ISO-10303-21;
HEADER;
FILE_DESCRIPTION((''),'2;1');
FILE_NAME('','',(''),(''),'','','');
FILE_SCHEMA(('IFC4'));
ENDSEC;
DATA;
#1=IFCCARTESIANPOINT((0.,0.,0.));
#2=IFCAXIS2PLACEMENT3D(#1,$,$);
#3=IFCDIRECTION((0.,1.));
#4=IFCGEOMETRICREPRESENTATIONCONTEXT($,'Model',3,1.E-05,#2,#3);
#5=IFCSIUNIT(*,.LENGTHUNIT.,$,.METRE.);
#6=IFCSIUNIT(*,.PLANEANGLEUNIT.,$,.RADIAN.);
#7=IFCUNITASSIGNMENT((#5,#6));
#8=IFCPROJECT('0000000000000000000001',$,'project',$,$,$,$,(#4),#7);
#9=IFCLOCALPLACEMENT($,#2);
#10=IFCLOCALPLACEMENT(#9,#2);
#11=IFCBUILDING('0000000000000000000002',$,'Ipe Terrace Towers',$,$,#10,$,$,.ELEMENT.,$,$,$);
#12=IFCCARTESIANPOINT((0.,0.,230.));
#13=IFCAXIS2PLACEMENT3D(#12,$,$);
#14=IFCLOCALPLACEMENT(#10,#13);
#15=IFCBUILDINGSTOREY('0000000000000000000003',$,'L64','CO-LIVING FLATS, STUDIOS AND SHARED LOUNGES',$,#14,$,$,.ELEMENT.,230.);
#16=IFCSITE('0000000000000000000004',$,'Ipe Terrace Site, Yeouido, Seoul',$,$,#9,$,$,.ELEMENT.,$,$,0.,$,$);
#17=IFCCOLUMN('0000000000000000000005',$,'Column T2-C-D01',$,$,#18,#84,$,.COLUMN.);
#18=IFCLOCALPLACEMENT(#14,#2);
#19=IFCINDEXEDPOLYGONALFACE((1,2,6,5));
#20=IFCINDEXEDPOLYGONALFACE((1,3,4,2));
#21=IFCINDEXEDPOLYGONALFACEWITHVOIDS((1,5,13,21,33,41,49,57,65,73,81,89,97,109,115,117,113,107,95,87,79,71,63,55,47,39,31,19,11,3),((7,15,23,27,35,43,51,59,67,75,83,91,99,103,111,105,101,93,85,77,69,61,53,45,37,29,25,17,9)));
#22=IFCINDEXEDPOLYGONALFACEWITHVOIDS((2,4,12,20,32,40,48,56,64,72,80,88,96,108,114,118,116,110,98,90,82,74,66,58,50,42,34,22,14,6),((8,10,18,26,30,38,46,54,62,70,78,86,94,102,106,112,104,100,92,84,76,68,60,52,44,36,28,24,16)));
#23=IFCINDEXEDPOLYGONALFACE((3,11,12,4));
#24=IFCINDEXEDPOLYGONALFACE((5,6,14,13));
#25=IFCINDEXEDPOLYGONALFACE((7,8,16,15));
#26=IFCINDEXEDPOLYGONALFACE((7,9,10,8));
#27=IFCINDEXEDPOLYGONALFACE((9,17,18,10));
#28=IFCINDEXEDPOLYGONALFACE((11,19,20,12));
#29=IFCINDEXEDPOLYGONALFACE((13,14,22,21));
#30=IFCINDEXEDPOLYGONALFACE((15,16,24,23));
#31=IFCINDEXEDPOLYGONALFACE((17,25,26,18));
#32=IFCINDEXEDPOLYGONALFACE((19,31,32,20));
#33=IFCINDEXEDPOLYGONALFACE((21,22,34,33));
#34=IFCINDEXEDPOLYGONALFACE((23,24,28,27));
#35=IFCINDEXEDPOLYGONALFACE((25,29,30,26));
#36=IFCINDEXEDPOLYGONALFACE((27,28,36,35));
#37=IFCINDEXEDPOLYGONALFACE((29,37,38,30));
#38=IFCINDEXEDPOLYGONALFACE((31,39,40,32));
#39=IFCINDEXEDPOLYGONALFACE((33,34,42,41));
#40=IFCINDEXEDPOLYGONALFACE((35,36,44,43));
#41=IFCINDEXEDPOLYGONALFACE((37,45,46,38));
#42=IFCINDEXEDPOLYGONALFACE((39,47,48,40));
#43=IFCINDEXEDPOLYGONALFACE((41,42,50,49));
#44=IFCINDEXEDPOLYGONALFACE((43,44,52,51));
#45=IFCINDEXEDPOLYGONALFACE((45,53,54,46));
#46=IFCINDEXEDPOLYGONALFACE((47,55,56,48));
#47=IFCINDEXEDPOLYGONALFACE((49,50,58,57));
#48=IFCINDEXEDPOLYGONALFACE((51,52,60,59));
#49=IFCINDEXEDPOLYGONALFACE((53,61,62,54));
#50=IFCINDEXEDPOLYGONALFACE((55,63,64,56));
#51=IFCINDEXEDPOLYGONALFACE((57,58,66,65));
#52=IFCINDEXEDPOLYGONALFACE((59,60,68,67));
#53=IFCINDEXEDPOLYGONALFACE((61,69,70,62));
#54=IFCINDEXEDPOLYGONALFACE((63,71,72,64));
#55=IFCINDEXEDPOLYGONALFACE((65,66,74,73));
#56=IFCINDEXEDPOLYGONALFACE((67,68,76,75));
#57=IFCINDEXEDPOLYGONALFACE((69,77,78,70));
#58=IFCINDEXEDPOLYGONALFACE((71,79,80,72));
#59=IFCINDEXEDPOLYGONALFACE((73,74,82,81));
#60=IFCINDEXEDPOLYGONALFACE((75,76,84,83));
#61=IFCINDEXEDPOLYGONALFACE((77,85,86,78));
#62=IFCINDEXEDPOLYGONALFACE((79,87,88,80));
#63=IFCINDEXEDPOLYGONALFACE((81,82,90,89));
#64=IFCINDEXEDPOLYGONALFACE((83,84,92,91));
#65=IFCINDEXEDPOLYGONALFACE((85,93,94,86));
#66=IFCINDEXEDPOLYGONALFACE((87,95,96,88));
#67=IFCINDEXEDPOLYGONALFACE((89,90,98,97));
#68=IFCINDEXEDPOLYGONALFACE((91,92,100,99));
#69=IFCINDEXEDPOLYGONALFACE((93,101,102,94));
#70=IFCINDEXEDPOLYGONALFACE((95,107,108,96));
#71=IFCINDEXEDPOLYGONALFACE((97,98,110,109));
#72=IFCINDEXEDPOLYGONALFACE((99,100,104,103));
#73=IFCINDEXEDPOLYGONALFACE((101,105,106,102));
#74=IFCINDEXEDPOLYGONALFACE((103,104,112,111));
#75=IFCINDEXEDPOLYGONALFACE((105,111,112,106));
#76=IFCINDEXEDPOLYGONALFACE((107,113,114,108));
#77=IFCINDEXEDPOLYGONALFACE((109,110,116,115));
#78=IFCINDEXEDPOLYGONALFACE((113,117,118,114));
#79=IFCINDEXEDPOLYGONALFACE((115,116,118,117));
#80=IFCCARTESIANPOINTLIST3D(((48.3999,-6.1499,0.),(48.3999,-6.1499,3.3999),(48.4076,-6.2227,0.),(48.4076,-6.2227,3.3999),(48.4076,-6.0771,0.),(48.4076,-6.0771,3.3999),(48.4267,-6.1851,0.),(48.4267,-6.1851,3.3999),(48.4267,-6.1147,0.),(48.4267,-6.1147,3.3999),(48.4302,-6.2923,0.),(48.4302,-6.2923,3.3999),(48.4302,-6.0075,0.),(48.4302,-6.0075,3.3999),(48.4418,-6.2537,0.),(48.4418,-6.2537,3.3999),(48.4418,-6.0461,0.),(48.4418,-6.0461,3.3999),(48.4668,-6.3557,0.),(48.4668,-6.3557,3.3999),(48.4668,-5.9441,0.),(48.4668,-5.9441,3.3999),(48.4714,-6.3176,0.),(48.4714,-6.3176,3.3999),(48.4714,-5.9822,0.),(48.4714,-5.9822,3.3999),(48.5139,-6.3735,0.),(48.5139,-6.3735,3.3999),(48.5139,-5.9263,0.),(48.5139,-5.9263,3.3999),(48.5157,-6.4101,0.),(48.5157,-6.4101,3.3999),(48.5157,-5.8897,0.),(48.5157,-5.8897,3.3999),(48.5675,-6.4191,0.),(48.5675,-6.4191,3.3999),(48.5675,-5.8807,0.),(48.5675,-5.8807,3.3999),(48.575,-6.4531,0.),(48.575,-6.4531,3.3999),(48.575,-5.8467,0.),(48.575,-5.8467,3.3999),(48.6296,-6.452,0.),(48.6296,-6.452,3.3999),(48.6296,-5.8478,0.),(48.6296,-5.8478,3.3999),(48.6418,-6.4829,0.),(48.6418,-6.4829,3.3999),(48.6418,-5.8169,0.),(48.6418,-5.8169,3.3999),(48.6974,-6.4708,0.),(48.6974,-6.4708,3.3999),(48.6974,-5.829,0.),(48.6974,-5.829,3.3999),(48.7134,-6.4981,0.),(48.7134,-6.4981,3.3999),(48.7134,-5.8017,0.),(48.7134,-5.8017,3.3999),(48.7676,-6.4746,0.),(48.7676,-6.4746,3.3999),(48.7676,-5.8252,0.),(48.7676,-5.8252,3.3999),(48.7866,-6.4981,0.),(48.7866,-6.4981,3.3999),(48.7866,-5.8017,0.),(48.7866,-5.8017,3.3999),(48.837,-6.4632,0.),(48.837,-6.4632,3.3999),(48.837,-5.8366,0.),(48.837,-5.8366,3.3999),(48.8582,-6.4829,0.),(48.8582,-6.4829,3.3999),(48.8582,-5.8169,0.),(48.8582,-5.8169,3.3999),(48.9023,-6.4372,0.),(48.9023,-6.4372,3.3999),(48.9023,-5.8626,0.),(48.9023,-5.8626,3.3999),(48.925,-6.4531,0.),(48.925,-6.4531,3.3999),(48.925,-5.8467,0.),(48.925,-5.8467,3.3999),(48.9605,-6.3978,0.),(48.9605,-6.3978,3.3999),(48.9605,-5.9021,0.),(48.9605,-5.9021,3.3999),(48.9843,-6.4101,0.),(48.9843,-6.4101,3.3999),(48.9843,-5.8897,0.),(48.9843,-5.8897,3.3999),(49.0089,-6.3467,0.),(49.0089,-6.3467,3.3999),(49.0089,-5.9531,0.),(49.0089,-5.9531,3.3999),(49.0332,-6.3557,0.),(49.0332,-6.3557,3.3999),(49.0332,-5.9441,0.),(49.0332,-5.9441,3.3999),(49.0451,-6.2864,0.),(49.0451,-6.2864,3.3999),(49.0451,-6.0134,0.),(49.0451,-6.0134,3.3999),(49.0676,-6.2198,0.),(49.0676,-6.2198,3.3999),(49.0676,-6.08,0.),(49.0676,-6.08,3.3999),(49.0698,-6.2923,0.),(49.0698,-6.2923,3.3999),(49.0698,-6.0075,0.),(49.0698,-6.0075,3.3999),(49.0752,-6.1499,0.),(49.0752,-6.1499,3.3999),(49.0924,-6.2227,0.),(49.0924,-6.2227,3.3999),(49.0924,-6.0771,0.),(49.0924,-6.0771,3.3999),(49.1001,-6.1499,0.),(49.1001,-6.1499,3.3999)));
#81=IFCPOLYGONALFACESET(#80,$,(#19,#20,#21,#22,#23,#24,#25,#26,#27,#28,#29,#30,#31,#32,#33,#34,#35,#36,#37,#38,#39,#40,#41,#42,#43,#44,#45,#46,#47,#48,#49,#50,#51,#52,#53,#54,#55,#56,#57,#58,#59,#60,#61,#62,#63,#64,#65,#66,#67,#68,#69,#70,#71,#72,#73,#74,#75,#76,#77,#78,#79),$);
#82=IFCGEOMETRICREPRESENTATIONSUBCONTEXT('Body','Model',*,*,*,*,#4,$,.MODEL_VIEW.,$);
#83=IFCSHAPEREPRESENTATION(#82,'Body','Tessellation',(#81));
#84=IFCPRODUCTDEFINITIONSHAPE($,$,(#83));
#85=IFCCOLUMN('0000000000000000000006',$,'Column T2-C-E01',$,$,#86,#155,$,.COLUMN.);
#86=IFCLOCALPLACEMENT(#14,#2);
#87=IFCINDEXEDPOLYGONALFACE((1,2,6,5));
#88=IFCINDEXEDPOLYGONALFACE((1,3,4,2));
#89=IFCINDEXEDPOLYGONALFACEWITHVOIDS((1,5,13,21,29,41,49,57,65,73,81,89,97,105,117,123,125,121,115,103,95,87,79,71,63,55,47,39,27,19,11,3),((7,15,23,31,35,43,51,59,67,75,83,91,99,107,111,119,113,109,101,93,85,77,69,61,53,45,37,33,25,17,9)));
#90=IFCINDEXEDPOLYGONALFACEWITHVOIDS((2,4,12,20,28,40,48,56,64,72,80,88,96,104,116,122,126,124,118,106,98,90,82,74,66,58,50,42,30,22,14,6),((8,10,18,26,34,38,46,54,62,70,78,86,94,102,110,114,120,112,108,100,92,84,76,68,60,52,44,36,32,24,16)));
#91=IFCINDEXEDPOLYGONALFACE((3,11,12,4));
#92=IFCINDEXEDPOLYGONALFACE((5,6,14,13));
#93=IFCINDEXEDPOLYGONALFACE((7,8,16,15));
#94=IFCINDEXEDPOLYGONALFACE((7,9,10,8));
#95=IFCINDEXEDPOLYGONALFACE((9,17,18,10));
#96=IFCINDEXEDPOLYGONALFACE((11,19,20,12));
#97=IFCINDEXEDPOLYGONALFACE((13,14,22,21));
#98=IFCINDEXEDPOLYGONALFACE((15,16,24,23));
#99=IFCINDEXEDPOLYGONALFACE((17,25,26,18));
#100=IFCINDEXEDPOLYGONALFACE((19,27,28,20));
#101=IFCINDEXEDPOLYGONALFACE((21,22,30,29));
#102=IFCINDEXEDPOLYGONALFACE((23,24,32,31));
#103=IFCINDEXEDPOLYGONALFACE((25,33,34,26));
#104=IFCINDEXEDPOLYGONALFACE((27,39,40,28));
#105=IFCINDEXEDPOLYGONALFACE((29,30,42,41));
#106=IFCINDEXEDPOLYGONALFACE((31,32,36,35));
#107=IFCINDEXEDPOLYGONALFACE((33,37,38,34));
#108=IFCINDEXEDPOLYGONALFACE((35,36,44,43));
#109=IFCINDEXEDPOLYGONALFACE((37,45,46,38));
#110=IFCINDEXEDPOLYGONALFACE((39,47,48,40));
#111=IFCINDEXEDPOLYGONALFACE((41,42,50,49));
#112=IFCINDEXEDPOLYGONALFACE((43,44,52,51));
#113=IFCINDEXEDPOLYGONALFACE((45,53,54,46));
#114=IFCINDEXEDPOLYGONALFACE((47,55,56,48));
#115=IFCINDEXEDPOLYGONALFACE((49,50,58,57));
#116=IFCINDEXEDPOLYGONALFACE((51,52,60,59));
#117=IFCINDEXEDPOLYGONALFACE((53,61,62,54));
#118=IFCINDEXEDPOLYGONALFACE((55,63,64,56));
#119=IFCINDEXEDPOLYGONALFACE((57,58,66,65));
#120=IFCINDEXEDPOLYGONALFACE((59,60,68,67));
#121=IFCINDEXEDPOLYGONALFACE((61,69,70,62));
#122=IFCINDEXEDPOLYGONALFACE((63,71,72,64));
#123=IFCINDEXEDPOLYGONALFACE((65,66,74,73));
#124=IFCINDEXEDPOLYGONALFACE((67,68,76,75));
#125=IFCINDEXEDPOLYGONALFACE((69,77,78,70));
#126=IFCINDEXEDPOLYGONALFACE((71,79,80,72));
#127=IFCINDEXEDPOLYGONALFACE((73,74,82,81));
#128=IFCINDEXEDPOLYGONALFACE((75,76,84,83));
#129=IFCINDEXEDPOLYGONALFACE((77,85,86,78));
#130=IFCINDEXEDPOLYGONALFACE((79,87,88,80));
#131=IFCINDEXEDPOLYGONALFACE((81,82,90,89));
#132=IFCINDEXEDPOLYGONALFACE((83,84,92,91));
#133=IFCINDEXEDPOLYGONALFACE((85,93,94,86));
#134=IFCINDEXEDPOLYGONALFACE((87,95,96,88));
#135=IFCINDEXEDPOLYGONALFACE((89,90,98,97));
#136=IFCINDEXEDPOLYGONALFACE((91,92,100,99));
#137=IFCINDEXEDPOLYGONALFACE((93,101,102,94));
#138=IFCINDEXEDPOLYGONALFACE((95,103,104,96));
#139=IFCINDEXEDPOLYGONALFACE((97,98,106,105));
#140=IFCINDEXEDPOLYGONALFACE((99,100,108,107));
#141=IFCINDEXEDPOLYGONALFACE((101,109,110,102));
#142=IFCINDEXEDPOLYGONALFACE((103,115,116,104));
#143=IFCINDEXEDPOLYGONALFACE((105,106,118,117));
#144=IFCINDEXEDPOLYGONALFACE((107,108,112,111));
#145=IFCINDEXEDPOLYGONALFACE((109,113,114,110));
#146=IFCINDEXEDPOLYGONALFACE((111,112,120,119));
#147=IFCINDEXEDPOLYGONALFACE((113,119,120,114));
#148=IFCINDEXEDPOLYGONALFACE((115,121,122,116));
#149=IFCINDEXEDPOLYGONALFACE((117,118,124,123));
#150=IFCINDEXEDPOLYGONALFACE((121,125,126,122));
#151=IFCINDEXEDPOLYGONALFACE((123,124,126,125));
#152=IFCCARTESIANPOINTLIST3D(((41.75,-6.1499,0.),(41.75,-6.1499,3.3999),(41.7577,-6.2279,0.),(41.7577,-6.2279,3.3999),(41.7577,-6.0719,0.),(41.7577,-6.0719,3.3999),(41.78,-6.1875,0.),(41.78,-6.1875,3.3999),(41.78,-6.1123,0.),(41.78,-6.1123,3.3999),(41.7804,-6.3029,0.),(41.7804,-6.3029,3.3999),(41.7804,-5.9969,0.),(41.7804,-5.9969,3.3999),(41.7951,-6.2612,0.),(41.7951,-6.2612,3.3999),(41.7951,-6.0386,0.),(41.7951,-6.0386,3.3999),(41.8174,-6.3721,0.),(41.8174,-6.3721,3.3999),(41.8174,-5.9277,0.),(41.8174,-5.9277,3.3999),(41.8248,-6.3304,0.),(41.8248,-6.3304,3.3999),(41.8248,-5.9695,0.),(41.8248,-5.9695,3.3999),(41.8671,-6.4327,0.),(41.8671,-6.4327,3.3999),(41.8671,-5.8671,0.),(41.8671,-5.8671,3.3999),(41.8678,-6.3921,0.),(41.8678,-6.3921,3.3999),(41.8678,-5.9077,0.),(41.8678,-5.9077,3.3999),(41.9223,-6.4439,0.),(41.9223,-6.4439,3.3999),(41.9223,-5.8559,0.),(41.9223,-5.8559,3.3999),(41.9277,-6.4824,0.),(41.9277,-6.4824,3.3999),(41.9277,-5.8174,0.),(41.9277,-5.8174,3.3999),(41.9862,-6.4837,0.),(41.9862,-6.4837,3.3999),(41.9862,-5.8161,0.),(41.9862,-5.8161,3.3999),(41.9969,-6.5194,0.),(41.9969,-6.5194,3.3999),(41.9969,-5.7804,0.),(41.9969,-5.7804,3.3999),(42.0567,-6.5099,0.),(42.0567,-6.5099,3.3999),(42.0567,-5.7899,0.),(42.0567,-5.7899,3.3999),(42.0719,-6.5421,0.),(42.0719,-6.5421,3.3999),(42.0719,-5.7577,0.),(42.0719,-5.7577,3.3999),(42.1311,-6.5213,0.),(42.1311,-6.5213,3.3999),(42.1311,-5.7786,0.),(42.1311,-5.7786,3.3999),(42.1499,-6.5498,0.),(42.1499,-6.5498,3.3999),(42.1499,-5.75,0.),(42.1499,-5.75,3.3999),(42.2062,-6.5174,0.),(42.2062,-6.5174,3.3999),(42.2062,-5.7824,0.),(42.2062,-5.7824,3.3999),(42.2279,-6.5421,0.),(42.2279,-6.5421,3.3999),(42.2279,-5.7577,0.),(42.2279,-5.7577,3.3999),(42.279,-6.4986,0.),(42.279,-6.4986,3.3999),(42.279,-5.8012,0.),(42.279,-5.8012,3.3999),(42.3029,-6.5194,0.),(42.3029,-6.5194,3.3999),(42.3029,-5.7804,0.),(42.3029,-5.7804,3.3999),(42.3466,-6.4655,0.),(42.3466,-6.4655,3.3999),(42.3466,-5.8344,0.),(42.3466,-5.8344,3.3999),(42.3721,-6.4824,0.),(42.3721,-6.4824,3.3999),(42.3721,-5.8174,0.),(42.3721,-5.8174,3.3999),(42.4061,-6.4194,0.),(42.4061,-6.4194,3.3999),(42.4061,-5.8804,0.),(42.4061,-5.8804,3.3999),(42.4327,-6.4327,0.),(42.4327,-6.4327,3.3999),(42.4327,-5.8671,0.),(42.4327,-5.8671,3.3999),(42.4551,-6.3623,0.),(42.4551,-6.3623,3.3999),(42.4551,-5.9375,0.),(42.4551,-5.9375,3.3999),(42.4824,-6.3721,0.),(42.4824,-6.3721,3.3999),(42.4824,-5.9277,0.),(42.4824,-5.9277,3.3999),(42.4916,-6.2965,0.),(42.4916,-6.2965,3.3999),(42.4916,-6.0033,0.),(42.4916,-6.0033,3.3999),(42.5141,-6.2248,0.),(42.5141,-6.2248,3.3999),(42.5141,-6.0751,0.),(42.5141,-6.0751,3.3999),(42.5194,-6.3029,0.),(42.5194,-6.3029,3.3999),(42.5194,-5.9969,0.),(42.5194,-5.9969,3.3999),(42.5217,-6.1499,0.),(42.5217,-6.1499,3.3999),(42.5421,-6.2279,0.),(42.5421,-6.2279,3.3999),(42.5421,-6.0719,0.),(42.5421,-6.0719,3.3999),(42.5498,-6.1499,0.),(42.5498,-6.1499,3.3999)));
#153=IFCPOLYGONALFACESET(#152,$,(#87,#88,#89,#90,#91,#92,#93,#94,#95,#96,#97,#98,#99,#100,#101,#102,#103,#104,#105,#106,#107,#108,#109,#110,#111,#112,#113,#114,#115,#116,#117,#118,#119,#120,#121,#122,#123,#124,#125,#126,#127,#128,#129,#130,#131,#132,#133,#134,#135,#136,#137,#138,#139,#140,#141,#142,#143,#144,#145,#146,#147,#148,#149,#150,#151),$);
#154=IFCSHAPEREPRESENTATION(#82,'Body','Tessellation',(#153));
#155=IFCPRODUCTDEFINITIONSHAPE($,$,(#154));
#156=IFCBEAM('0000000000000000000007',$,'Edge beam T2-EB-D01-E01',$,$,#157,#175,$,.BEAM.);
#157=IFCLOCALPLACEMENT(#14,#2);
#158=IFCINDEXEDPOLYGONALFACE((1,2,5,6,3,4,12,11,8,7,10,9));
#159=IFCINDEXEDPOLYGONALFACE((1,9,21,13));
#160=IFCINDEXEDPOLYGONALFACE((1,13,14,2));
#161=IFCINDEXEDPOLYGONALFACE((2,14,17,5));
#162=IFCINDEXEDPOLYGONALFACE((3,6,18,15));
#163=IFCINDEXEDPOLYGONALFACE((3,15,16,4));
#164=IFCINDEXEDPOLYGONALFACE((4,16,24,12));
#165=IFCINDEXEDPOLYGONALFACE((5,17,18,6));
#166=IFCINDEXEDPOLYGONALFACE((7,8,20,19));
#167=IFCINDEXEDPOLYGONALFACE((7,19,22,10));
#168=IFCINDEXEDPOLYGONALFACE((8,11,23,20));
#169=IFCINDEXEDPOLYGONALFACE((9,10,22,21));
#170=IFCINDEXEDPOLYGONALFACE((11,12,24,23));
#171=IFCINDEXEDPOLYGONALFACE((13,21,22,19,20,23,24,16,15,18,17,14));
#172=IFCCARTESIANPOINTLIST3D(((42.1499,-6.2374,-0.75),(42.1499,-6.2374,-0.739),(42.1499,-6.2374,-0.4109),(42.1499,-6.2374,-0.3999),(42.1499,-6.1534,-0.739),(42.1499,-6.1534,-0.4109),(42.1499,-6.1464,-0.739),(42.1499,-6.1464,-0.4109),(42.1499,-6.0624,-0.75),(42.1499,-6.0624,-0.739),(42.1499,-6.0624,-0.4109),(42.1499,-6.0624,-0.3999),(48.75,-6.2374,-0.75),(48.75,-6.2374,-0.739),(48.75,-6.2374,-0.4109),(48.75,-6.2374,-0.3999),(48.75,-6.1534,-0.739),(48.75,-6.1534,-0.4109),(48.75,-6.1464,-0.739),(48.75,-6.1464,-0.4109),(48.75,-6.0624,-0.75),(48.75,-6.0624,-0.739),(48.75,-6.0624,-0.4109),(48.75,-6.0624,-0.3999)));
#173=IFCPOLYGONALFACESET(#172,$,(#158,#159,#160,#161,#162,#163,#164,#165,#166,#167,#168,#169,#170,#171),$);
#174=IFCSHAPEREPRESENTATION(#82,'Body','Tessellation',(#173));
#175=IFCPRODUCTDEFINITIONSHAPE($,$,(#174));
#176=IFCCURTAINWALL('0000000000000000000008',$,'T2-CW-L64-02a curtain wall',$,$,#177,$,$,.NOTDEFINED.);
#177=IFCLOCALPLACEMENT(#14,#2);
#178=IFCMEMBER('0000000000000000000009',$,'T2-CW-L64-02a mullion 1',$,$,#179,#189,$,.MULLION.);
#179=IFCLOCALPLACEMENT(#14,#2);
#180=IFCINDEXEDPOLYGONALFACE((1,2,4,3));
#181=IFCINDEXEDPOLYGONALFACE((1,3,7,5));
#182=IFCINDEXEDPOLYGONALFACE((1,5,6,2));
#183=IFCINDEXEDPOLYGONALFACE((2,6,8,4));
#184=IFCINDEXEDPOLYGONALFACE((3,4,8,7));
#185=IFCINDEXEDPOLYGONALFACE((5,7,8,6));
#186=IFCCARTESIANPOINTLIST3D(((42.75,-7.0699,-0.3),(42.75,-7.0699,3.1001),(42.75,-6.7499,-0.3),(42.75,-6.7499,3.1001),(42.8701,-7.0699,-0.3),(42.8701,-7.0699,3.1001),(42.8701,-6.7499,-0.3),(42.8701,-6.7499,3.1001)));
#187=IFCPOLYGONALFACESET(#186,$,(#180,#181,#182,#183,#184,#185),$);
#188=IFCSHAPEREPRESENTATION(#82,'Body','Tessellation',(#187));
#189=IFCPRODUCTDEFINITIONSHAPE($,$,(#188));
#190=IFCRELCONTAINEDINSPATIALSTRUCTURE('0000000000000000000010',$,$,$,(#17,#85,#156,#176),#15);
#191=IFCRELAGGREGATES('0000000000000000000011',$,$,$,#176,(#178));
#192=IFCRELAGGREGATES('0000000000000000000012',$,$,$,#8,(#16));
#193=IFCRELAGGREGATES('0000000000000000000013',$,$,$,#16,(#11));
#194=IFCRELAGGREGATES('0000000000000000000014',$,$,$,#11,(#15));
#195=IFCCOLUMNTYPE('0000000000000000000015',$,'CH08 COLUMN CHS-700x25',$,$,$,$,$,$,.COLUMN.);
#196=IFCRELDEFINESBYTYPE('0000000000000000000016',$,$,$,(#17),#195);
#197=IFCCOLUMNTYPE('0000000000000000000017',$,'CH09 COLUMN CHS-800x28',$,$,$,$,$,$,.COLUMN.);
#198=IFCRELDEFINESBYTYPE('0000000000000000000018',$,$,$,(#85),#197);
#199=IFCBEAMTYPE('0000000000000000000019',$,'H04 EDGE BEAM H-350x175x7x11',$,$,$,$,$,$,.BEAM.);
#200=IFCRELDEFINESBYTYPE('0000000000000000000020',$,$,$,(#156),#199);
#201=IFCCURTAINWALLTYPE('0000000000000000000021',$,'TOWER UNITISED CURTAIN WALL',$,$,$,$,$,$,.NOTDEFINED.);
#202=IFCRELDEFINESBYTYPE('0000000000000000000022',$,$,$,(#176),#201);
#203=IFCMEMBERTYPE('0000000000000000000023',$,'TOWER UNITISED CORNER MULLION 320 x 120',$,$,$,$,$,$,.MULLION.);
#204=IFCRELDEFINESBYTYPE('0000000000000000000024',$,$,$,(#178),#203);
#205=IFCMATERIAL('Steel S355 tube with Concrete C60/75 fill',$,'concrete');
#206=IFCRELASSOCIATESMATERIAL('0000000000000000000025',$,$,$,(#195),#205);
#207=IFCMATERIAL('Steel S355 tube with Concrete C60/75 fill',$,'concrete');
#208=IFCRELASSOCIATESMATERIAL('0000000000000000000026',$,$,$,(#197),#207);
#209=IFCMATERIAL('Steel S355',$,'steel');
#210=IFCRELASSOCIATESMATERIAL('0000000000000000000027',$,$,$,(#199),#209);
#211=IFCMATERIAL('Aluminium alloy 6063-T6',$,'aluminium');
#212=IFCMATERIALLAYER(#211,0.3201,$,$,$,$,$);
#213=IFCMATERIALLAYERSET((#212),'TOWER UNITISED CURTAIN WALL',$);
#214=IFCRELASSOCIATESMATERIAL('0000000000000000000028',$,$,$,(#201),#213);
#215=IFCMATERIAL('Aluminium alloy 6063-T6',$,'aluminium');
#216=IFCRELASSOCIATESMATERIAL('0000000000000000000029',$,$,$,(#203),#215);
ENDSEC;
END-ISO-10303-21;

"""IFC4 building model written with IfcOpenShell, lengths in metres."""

from ifc_helpers import new_model, si_unit, direction, frame, origin, origin_2d, place, context, subcontext, project, spatial, rectangle, hollow_circle, i_section, extrude, material, layer, layer_set, material_profile, profile_set, type_object, element, aggregate, save


model = new_model("IFC4")

# Units and contexts
model_context = context("Model", 3, precision=1e-05, world=origin(), true_north=direction((0.0, 1.0)))
body_context = subcontext(model_context, "Body", "Model", "MODEL_VIEW")
ifc_project = project(units=[si_unit("LENGTHUNIT", "METRE"), si_unit("PLANEANGLEUNIT", "RADIAN")], contexts=[model_context])

# Site, building, storey
site_placement = place(None, origin())
site = spatial("IfcSite", under=ifc_project, at=site_placement, Name="Ipe Terrace Site, Yeouido, Seoul", CompositionType="ELEMENT", RefElevation=0.0)
building_placement = place(site_placement, origin())
building = spatial("IfcBuilding", under=site, at=building_placement, Name="Ipe Terrace Towers", CompositionType="ELEMENT")
storey_placement = place(building_placement, frame((0.0, 0.0, 230.0)))
storey = spatial("IfcBuildingStorey", under=building, at=storey_placement, Name="L64", Description="CO-LIVING FLATS, STUDIOS AND SHARED LOUNGES", CompositionType="ELEMENT", Elevation=230.0)

# Columns
ifc_material_1 = material(Name="Steel S355 tube with Concrete C60/75 fill", Category="concrete")
ifc_material_profile_1 = material_profile(ifc_material_1, hollow_circle(Radius=0.3501, WallThickness=0.0249, at=origin_2d()), Name="CHS-700x25")
ifc_profile_set_1 = profile_set([ifc_material_profile_1], Name="Steel S355 tube with Concrete C60/75 fill")
column_type_1 = type_object("IfcColumnType", Name="CH08 COLUMN CHS-700x25", PredefinedType="COLUMN", material=ifc_profile_set_1)
column_1_placement = place(storey_placement, frame((48.75, -6.1499, 0.0), z_axis=(0.0, 0.0, 1.0), x_axis=(1.0, 0.0, 0.0)))
element("IfcColumn", 1, at=column_1_placement, inside=storey, type_object=column_type_1, Name="Column T2-C-D01", PredefinedType="COLUMN", context=body_context, shape_type="SweptSolid", body=[
    extrude(hollow_circle(Radius=0.3501, WallThickness=0.0249, at=origin_2d()), origin(), (0.0, 0.0, 1.0), 3.3999),
])
ifc_material_2 = material(Name="Steel S355 tube with Concrete C60/75 fill", Category="concrete")
ifc_material_profile_2 = material_profile(ifc_material_2, hollow_circle(Radius=0.3999, WallThickness=0.0281, at=origin_2d()), Name="CHS-800x28")
ifc_profile_set_2 = profile_set([ifc_material_profile_2], Name="Steel S355 tube with Concrete C60/75 fill")
column_type_2 = type_object("IfcColumnType", Name="CH09 COLUMN CHS-800x28", PredefinedType="COLUMN", material=ifc_profile_set_2)
column_2_placement = place(storey_placement, frame((42.1499, -6.1499, 0.0), z_axis=(0.0, 0.0, 1.0), x_axis=(1.0, 0.0, 0.0)))
element("IfcColumn", 2, at=column_2_placement, inside=storey, type_object=column_type_2, Name="Column T2-C-E01", PredefinedType="COLUMN", context=body_context, shape_type="SweptSolid", body=[
    extrude(hollow_circle(Radius=0.3999, WallThickness=0.0281, at=origin_2d()), origin(), (0.0, 0.0, 1.0), 3.3999),
])

# Beam
ifc_material_3 = material(Name="Steel S355", Category="steel")
ifc_material_profile_3 = material_profile(ifc_material_3, i_section(OverallWidth=0.175, OverallDepth=0.3501, WebThickness=0.0071, FlangeThickness=0.011, at=origin_2d()), Name="H-350x175x7x11")
ifc_profile_set_3 = profile_set([ifc_material_profile_3], Name="Steel S355")
beam_type = type_object("IfcBeamType", Name="H04 EDGE BEAM H-350x175x7x11", PredefinedType="BEAM", material=ifc_profile_set_3)
beam_placement = place(storey_placement, frame((48.75, -6.1499, -0.575), z_axis=(-1.0, 0.0, 0.0), x_axis=(0.0, -1.0, 0.0)))
element("IfcBeam", 3, at=beam_placement, inside=storey, type_object=beam_type, Name="Edge beam T2-EB-D01-E01", PredefinedType="BEAM", context=body_context, shape_type="SweptSolid", body=[
    extrude(i_section(OverallWidth=0.175, OverallDepth=0.3501, WebThickness=0.0071, FlangeThickness=0.011, at=origin_2d()), origin(), (0.0, 0.0, 1.0), 6.6001),
])

# Curtain wall, member
ifc_material_4 = material(Name="Aluminium alloy 6063-T6", Category="aluminium")
ifc_layer_1 = layer(ifc_material_4, 0.3201)
ifc_layer_set_1 = layer_set([ifc_layer_1], Name="TOWER UNITISED CURTAIN WALL")
curtain_wall_type = type_object("IfcCurtainWallType", Name="TOWER UNITISED CURTAIN WALL", PredefinedType="NOTDEFINED", material=ifc_layer_set_1)
curtain_wall_1_placement = place(storey_placement, origin())
curtain_wall_1 = element("IfcCurtainWall", 4, at=curtain_wall_1_placement, inside=storey, type_object=curtain_wall_type, Name="T2-CW-L64-02a curtain wall", PredefinedType="NOTDEFINED")
ifc_material_5 = material(Name="Aluminium alloy 6063-T6", Category="aluminium")
ifc_material_profile_4 = material_profile(ifc_material_5, rectangle(XDim=0.3201, YDim=0.1201, at=origin_2d()), Name="TOWER UNITISED CORNER MULLION 320 x 120")
ifc_profile_set_4 = profile_set([ifc_material_profile_4], Name="Aluminium alloy 6063-T6")
member_type = type_object("IfcMemberType", Name="TOWER UNITISED CORNER MULLION 320 x 120", PredefinedType="MULLION", material=ifc_profile_set_4)
member_1_placement = place(storey_placement, frame((42.8101, -6.9099, -0.3), z_axis=(0.0, 0.0, 1.0), x_axis=(0.0, -1.0, 0.0)))
member_1 = element("IfcMember", 5, at=member_1_placement, type_object=member_type, Name="T2-CW-L64-02a mullion 1", PredefinedType="MULLION", context=body_context, shape_type="SweptSolid", body=[
    extrude(rectangle(XDim=0.3201, YDim=0.1201, at=origin_2d()), origin(), (0.0, 0.0, 1.0), 3.4001),
])

aggregate(curtain_wall_1, [member_1])

save(model, "model.ifc")
